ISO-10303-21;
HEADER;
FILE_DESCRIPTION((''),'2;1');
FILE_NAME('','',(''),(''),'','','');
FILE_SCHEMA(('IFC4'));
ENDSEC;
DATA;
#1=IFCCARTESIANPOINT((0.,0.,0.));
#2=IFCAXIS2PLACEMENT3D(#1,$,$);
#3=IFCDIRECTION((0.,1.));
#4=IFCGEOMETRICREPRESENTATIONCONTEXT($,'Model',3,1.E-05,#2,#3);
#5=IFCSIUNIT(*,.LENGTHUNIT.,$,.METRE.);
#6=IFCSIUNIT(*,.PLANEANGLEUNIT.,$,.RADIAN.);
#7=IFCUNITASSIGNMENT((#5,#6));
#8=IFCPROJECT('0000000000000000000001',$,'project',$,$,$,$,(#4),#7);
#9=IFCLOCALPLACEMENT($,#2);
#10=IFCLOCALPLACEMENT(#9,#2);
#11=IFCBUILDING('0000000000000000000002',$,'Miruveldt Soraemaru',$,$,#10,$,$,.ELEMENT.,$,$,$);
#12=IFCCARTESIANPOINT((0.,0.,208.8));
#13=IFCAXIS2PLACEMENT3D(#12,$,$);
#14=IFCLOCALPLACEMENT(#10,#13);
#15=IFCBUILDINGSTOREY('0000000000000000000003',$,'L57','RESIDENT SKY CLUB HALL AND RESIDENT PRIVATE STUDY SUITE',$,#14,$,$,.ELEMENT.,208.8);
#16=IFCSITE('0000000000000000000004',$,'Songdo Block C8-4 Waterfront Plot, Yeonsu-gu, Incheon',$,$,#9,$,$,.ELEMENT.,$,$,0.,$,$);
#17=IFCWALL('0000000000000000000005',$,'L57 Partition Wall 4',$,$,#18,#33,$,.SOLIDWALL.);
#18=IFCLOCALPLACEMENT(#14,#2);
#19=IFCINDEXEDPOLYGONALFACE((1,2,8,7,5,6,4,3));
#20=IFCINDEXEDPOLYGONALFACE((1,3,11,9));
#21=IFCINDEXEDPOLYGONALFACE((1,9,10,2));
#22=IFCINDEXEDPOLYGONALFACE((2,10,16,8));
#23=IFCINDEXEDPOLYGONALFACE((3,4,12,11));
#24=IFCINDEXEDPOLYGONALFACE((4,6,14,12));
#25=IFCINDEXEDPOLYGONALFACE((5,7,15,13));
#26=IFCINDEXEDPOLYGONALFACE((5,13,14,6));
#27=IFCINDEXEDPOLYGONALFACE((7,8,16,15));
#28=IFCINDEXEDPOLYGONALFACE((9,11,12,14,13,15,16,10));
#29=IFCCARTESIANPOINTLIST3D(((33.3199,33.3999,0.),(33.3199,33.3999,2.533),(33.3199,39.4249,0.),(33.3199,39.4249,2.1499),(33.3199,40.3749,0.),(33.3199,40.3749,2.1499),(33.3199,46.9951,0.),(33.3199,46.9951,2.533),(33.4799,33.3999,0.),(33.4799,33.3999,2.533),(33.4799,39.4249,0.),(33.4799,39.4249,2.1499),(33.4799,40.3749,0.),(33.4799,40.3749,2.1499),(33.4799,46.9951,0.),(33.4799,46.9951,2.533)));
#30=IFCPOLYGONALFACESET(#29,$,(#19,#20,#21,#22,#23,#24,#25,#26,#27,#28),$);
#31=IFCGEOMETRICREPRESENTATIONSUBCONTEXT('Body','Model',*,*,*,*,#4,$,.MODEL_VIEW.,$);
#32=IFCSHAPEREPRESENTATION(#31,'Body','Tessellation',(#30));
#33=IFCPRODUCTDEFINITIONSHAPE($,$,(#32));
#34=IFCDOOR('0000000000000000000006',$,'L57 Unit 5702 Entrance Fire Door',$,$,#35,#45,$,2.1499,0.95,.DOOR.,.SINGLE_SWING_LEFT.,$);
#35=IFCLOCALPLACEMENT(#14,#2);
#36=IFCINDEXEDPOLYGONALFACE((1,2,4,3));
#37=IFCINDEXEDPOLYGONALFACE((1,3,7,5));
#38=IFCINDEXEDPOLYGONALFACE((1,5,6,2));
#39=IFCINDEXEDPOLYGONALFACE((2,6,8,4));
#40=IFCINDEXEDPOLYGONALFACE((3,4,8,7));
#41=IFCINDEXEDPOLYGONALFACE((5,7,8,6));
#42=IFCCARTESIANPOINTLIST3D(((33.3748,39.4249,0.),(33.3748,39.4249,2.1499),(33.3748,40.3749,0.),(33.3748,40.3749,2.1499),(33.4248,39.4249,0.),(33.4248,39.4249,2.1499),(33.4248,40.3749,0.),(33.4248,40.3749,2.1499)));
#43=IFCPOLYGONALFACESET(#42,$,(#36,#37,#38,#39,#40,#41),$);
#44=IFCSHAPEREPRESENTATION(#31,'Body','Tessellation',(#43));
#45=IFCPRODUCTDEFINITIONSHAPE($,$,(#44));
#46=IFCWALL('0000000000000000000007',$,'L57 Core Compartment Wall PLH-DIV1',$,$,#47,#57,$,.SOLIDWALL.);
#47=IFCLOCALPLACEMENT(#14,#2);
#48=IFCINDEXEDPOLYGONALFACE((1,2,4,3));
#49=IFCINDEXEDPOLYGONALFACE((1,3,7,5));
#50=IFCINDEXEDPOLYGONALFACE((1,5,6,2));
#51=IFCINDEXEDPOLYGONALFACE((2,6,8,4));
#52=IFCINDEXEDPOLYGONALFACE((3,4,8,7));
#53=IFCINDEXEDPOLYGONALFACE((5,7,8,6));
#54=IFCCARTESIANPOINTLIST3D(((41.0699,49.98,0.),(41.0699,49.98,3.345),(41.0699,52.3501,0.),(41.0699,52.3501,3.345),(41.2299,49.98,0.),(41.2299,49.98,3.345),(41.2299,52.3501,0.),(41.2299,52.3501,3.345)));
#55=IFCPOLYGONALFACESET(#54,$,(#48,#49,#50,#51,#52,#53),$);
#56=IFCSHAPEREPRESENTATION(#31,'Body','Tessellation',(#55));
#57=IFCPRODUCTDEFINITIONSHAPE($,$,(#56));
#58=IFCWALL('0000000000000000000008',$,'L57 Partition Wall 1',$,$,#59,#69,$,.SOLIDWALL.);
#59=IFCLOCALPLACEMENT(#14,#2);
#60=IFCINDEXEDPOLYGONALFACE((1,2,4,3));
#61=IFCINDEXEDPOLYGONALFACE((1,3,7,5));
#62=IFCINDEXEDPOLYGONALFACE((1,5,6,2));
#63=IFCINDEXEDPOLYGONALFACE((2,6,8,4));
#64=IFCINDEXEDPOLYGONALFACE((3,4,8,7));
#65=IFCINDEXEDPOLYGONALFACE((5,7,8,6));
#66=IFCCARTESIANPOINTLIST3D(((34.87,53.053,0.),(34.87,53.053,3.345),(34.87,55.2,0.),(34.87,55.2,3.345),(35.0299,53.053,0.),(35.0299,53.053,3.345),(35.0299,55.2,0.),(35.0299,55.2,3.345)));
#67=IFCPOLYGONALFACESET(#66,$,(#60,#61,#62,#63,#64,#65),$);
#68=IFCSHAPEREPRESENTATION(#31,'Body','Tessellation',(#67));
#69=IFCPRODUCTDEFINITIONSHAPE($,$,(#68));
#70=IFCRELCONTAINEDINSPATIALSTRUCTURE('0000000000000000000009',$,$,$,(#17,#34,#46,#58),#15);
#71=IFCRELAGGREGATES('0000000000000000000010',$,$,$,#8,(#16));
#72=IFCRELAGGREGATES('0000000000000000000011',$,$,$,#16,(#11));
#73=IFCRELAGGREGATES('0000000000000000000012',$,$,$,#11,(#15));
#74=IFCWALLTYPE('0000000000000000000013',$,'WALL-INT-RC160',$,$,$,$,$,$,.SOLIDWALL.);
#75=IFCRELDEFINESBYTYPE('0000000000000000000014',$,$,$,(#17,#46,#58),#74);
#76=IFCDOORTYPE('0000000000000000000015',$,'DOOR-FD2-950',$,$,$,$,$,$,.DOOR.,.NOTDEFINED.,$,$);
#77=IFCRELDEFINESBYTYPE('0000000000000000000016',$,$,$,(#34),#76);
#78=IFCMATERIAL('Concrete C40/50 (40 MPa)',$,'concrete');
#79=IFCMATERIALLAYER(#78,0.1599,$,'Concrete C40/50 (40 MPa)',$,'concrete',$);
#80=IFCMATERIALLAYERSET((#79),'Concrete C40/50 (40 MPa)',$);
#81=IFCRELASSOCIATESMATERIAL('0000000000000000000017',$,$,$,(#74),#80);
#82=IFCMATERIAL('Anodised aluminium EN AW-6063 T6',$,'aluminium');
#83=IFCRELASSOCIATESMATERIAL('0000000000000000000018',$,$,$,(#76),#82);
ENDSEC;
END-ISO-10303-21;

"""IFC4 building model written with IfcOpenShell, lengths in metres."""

from ifc_helpers import new_model, si_unit, direction, frame, frame_2d, origin, place, context, subcontext, project, spatial, rectangle, extrude, material, layer, layer_set, type_object, element, fill, save


model = new_model("IFC4")

# Units and contexts
model_context = context("Model", 3, precision=1e-05, world=origin(), true_north=direction((0.0, 1.0)))
body_context = subcontext(model_context, "Body", "Model", "MODEL_VIEW")
ifc_project = project(units=[si_unit("LENGTHUNIT", "METRE"), si_unit("PLANEANGLEUNIT", "RADIAN")], contexts=[model_context])

# Site, building, storey
site_placement = place(None, origin())
site = spatial("IfcSite", under=ifc_project, at=site_placement, Name="Songdo Block C8-4 Waterfront Plot, Yeonsu-gu, Incheon", CompositionType="ELEMENT", RefElevation=0.0)
building_placement = place(site_placement, origin())
building = spatial("IfcBuilding", under=site, at=building_placement, Name="Miruveldt Soraemaru", CompositionType="ELEMENT")
storey_placement = place(building_placement, frame((0.0, 0.0, 208.8)))
storey = spatial("IfcBuildingStorey", under=building, at=storey_placement, Name="L57", Description="RESIDENT SKY CLUB HALL AND RESIDENT PRIVATE STUDY SUITE", CompositionType="ELEMENT", Elevation=208.8)

# Shared definitions
ifc_material_1 = material(Name="Concrete C40/50 (40 MPa)", Category="concrete")

# Shared definitions
ifc_material_2 = material(Name="Anodised aluminium EN AW-6063 T6", Category="aluminium")

# Wall, opening, door
ifc_layer_1 = layer(ifc_material_1, 0.1599, Name="Concrete C40/50 (40 MPa)", Category="concrete")
ifc_layer_set_1 = layer_set([ifc_layer_1], Name="Concrete C40/50 (40 MPa)")
wall_type_1 = type_object("IfcWallType", Name="WALL-INT-RC160", PredefinedType="SOLIDWALL", material=ifc_layer_set_1)
wall_1_placement = place(storey_placement, frame((33.3999, 46.9951, 0.0), z_axis=(0.0, 0.0, 1.0), x_axis=(0.0, -1.0, 0.0)))
wall_1 = element("IfcWall", 1, at=wall_1_placement, inside=storey, type_object=wall_type_1, Name="L57 Partition Wall 4", PredefinedType="SOLIDWALL", context=body_context, shape_type="SweptSolid", body=[
    extrude(rectangle(XDim=13.5952, YDim=0.1599, at=frame_2d((6.7976, 0.0))), origin(), (0.0, 0.0, 1.0), 2.533),
])
opening_1_placement = place(wall_1_placement, frame((6.6201, 0.0, 0.0)))
opening_1 = element("IfcOpeningElement", 2, at=opening_1_placement, cuts=wall_1, PredefinedType="OPENING", context=body_context, shape_type="SweptSolid", body=[
    extrude(rectangle(XDim=0.95, YDim=2.1499, at=frame_2d((0.4751, 1.075))), frame((0.0, 0.0898, 0.0), z_axis=(0.0, -1.0, 0.0), x_axis=(1.0, 0.0, 0.0)), (0.0, 0.0, 1.0), 0.1799),
])
door_type_1 = type_object("IfcDoorType", Name="DOOR-FD2-950", OperationType="NOTDEFINED", PredefinedType="DOOR", material=ifc_material_2)
door_1_placement = place(opening_1_placement, origin())
door_1 = element("IfcDoor", 3, at=door_1_placement, inside=storey, type_object=door_type_1, Name="L57 Unit 5702 Entrance Fire Door", OperationType="SINGLE_SWING_LEFT", OverallHeight=2.1499, OverallWidth=0.95, PredefinedType="DOOR", context=body_context, shape_type="SweptSolid", body=[
    extrude(rectangle(XDim=0.95, YDim=2.1499, at=frame_2d((0.4751, 1.075))), frame((0.0, 0.0249, 0.0), z_axis=(0.0, -1.0, 0.0), x_axis=(1.0, 0.0, 0.0)), (0.0, 0.0, 1.0), 0.05),
])
fill(opening_1, door_1)

# Walls
wall_2_placement = place(storey_placement, frame((41.1499, 49.98, 0.0), z_axis=(0.0, 0.0, 1.0), x_axis=(0.0, 1.0, 0.0)))
element("IfcWall", 4, at=wall_2_placement, inside=storey, type_object=wall_type_1, Name="L57 Core Compartment Wall PLH-DIV1", PredefinedType="SOLIDWALL", context=body_context, shape_type="SweptSolid", body=[
    extrude(rectangle(XDim=2.3701, YDim=0.1599, at=frame_2d((1.1851, 0.0))), origin(), (0.0, 0.0, 1.0), 3.345),
])
wall_3_placement = place(storey_placement, frame((34.95, 53.053, 0.0), z_axis=(0.0, 0.0, 1.0), x_axis=(0.0, 1.0, 0.0)))
element("IfcWall", 5, at=wall_3_placement, inside=storey, type_object=wall_type_1, Name="L57 Partition Wall 1", PredefinedType="SOLIDWALL", context=body_context, shape_type="SweptSolid", body=[
    extrude(rectangle(XDim=2.147, YDim=0.1599, at=frame_2d((1.0735, 0.0))), origin(), (0.0, 0.0, 1.0), 3.345),
])

save(model, "model.ifc")
